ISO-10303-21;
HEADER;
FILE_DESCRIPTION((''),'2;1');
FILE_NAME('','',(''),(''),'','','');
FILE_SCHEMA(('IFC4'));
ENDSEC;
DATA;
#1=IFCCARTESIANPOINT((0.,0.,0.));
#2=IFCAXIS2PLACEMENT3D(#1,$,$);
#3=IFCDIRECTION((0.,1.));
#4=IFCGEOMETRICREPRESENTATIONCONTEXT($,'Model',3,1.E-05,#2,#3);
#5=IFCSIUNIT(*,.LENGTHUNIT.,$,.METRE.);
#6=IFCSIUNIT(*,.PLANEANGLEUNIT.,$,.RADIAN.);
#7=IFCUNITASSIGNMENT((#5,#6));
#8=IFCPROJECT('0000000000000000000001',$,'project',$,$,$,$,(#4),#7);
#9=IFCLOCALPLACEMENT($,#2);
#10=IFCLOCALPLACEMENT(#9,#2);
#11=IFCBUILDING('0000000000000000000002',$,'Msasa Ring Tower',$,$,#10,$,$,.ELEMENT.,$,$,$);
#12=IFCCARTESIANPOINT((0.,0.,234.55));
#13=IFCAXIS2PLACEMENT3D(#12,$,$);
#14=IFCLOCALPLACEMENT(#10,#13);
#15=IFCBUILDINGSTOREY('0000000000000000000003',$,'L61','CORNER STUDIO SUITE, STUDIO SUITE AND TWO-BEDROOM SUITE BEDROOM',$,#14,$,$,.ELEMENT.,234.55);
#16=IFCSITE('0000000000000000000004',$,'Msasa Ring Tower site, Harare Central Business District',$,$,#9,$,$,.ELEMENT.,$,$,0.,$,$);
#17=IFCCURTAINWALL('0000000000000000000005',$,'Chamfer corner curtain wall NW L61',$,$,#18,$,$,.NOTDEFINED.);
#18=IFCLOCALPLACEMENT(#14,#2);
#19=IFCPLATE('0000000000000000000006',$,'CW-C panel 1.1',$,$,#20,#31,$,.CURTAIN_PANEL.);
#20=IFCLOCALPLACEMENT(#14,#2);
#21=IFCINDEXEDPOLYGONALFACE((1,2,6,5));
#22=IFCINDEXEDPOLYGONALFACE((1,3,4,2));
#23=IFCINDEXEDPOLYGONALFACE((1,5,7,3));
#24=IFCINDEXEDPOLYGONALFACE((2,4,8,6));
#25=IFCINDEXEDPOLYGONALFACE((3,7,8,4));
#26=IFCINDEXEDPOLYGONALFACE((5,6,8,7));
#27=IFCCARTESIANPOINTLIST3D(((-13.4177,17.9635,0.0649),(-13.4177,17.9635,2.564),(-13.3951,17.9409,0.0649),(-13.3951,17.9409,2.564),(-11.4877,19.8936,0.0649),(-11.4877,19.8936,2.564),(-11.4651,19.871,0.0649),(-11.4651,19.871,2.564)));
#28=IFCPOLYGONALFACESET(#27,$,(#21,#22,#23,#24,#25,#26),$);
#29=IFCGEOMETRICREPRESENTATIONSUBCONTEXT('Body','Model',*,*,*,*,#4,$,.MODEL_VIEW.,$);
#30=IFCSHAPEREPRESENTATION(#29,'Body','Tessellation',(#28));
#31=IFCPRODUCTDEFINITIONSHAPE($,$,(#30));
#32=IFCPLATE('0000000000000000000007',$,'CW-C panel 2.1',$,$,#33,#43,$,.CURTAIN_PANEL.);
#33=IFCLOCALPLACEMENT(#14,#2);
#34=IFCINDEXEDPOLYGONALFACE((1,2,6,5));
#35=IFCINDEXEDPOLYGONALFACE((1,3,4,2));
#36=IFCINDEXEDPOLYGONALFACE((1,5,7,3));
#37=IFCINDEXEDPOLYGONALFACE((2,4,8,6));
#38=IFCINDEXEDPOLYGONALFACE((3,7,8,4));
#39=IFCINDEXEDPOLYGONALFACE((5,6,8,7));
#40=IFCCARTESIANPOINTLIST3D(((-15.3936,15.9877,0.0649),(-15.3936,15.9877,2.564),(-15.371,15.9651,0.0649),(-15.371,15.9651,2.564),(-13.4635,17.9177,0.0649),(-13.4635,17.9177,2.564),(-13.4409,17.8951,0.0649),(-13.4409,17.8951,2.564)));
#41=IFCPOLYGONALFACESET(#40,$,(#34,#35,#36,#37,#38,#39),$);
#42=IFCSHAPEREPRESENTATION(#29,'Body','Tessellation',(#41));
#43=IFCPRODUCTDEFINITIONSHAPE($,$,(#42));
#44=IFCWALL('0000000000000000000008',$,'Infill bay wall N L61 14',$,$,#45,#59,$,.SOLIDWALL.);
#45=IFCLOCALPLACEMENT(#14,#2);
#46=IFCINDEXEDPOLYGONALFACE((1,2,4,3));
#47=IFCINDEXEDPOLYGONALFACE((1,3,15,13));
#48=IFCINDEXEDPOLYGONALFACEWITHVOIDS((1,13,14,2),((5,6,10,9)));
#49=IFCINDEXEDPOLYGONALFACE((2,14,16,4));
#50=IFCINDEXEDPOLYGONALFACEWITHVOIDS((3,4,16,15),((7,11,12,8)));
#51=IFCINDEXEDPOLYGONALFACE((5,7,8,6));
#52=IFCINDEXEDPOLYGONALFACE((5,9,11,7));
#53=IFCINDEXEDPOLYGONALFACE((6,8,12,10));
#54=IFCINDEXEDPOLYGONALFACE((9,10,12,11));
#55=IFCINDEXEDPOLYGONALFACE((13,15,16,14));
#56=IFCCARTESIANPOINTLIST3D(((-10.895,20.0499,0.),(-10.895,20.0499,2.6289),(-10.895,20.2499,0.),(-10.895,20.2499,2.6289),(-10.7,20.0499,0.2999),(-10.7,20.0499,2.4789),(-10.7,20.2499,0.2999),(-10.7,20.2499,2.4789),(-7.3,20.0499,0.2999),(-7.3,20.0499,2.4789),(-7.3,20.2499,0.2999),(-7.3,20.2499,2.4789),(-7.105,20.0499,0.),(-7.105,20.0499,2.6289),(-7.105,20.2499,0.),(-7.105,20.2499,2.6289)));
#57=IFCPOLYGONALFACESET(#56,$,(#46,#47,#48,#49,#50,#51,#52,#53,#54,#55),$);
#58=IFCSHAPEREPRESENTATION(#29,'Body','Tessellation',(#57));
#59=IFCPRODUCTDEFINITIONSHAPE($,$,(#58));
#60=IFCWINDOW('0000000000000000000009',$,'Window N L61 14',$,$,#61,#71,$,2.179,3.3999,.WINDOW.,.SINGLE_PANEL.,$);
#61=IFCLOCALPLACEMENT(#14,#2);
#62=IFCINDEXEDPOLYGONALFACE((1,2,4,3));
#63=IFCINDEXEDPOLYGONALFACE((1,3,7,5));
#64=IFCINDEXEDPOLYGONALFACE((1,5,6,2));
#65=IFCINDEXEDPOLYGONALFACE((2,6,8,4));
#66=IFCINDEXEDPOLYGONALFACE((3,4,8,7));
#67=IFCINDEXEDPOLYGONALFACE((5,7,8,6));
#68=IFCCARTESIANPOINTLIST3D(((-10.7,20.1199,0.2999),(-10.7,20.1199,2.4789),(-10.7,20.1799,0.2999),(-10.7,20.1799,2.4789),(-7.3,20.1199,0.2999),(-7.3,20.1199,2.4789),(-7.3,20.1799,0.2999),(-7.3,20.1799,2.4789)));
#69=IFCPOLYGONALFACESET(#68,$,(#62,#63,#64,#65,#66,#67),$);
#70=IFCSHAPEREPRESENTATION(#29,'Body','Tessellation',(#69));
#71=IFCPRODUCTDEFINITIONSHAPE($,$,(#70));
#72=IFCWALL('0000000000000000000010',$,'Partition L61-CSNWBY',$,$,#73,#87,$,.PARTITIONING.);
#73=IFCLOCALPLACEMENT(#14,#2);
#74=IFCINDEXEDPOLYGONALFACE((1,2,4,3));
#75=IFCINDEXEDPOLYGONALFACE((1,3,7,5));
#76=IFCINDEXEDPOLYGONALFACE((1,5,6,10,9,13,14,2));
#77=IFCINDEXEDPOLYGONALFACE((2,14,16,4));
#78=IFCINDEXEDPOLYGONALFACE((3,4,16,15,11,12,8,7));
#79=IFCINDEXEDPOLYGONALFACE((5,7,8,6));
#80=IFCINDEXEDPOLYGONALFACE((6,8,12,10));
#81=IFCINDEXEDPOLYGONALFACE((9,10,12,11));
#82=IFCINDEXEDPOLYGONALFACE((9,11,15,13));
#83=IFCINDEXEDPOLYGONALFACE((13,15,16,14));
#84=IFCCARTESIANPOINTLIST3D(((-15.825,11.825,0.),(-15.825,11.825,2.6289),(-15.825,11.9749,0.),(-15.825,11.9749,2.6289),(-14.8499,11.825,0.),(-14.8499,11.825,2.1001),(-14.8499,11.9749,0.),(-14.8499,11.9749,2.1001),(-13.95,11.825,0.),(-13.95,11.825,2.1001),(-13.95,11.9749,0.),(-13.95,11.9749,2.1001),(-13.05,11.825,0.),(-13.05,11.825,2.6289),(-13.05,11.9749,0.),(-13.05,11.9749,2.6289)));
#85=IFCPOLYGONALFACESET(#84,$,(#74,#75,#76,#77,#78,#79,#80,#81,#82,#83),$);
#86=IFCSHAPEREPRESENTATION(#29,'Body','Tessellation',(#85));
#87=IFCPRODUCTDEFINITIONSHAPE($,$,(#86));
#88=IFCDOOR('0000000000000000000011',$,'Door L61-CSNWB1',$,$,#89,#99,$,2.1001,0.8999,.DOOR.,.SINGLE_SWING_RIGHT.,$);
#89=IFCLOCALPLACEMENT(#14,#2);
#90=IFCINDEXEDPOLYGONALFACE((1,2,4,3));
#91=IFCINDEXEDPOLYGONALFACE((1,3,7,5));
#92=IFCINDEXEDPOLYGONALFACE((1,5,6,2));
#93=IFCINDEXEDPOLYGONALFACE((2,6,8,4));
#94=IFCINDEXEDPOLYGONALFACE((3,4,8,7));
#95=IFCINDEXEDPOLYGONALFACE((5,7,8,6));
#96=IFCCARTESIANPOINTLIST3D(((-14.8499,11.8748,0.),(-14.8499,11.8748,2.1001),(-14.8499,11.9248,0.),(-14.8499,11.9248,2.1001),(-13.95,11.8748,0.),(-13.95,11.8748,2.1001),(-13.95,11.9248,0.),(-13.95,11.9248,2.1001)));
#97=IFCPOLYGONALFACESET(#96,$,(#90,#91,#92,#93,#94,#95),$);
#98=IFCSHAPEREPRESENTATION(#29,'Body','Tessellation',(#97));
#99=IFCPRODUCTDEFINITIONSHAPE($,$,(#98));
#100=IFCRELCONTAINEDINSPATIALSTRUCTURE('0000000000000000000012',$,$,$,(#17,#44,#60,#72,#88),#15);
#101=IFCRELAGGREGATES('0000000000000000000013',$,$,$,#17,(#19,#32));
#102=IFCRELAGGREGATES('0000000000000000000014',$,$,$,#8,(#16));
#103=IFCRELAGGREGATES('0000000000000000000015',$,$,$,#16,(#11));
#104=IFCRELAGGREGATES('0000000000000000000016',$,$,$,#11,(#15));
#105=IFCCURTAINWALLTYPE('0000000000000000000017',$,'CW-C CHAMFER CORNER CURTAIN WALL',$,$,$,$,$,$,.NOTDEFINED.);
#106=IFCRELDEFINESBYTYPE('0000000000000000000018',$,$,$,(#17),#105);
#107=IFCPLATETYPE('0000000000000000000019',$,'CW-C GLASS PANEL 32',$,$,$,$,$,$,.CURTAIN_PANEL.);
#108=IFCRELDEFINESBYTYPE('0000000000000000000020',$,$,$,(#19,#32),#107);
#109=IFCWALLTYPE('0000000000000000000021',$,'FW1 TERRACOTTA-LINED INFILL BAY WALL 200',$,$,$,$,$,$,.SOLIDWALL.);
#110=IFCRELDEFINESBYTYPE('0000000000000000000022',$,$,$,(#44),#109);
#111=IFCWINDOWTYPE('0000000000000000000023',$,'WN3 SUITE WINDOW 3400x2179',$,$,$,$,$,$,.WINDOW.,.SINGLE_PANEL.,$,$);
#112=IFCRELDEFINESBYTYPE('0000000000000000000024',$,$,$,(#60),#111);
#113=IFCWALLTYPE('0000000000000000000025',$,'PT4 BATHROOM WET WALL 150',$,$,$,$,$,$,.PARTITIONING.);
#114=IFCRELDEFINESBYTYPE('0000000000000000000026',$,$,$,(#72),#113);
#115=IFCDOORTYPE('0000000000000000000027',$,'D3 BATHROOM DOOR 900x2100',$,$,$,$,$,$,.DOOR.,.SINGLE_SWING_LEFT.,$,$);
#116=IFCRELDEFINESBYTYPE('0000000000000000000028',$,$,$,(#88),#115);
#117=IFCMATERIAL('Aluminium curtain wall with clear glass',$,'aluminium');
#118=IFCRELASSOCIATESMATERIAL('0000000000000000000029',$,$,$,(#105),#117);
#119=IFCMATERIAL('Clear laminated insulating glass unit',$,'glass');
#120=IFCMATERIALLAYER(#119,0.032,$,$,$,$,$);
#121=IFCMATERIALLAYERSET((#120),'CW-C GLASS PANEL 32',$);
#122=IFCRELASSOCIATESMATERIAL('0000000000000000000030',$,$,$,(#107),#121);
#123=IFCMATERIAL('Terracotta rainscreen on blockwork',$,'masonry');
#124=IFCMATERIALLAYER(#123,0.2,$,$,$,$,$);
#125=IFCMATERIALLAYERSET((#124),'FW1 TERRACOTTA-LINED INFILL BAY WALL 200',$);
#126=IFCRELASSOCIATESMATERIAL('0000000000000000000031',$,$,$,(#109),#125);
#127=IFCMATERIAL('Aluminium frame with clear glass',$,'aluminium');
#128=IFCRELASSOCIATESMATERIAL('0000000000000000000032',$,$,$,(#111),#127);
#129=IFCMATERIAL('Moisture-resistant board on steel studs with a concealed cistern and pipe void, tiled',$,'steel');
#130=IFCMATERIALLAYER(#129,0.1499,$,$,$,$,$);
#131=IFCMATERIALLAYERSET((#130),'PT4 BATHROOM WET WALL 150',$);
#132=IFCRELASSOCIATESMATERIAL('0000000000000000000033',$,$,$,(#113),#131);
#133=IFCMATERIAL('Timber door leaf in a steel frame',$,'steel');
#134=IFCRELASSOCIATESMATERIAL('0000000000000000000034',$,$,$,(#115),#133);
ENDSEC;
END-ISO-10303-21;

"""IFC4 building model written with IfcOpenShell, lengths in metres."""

from ifc_helpers import new_model, si_unit, direction, frame, frame_2d, origin, origin_2d, place, context, subcontext, project, spatial, rectangle, extrude, material, layer, layer_set, type_object, element, fill, aggregate, save


model = new_model("IFC4")

# Units and contexts
model_context = context("Model", 3, precision=1e-05, world=origin(), true_north=direction((0.0, 1.0)))
body_context = subcontext(model_context, "Body", "Model", "MODEL_VIEW")
ifc_project = project(units=[si_unit("LENGTHUNIT", "METRE"), si_unit("PLANEANGLEUNIT", "RADIAN")], contexts=[model_context])

# Site, building, storey
site_placement = place(None, origin())
site = spatial("IfcSite", under=ifc_project, at=site_placement, Name="Msasa Ring Tower site, Harare Central Business District", CompositionType="ELEMENT", RefElevation=0.0)
building_placement = place(site_placement, origin())
building = spatial("IfcBuilding", under=site, at=building_placement, Name="Msasa Ring Tower", CompositionType="ELEMENT")
storey_placement = place(building_placement, frame((0.0, 0.0, 234.55)))
storey = spatial("IfcBuildingStorey", under=building, at=storey_placement, Name="L61", Description="CORNER STUDIO SUITE, STUDIO SUITE AND TWO-BEDROOM SUITE BEDROOM", CompositionType="ELEMENT", Elevation=234.55)

# Curtain wall
ifc_material_1 = material(Name="Aluminium curtain wall with clear glass", Category="aluminium")
curtain_wall_type = type_object("IfcCurtainWallType", Name="CW-C CHAMFER CORNER CURTAIN WALL", PredefinedType="NOTDEFINED", material=ifc_material_1)
curtain_wall_1_placement = place(storey_placement, origin())
curtain_wall_1 = element("IfcCurtainWall", 1, at=curtain_wall_1_placement, inside=storey, type_object=curtain_wall_type, Name="Chamfer corner curtain wall NW L61", PredefinedType="NOTDEFINED")

# Plates
ifc_material_2 = material(Name="Clear laminated insulating glass unit", Category="glass")
ifc_layer_1 = layer(ifc_material_2, 0.032)
ifc_layer_set_1 = layer_set([ifc_layer_1], Name="CW-C GLASS PANEL 32")
plate_type = type_object("IfcPlateType", Name="CW-C GLASS PANEL 32", PredefinedType="CURTAIN_PANEL", material=ifc_layer_set_1)
plate_1_placement = place(storey_placement, frame((-12.4414, 18.9172, 0.0649), z_axis=(0.0, 0.0, 1.0), x_axis=(-0.707107, -0.707107, 0.0)))
plate_1 = element("IfcPlate", 2, at=plate_1_placement, type_object=plate_type, Name="CW-C panel 1.1", PredefinedType="CURTAIN_PANEL", context=body_context, shape_type="SweptSolid", body=[
    extrude(rectangle(XDim=2.7295, YDim=0.032, at=origin_2d()), origin(), (0.0, 0.0, 1.0), 2.499),
])
plate_2_placement = place(storey_placement, frame((-14.4172, 16.9414, 0.0649), z_axis=(0.0, 0.0, 1.0), x_axis=(-0.707107, -0.707107, 0.0)))
plate_2 = element("IfcPlate", 3, at=plate_2_placement, type_object=plate_type, Name="CW-C panel 2.1", PredefinedType="CURTAIN_PANEL", context=body_context, shape_type="SweptSolid", body=[
    extrude(rectangle(XDim=2.7295, YDim=0.032, at=origin_2d()), origin(), (0.0, 0.0, 1.0), 2.499),
])
aggregate(curtain_wall_1, [plate_1, plate_2])

# Wall, opening, window
ifc_material_3 = material(Name="Terracotta rainscreen on blockwork", Category="masonry")
ifc_layer_2 = layer(ifc_material_3, 0.2)
ifc_layer_set_2 = layer_set([ifc_layer_2], Name="FW1 TERRACOTTA-LINED INFILL BAY WALL 200")
wall_type_1 = type_object("IfcWallType", Name="FW1 TERRACOTTA-LINED INFILL BAY WALL 200", PredefinedType="SOLIDWALL", material=ifc_layer_set_2)
wall_1_placement = place(storey_placement, frame((-10.895, 20.1499, 0.0), z_axis=(0.0, 0.0, 1.0), x_axis=(1.0, 0.0, 0.0)))
wall_1 = element("IfcWall", 4, at=wall_1_placement, inside=storey, type_object=wall_type_1, Name="Infill bay wall N L61 14", PredefinedType="SOLIDWALL", context=body_context, shape_type="SweptSolid", body=[
    extrude(rectangle(XDim=3.79, YDim=0.2, at=frame_2d((1.895, 0.0))), origin(), (0.0, 0.0, 1.0), 2.6289),
])
opening_1_placement = place(wall_1_placement, frame((0.1951, 0.0, 0.3)))
opening_1 = element("IfcOpeningElement", 5, at=opening_1_placement, cuts=wall_1, PredefinedType="OPENING", context=body_context, shape_type="SweptSolid", body=[
    extrude(rectangle(XDim=3.3999, YDim=2.179, at=frame_2d((1.7, 1.0894))), frame((0.0, 0.1099, 0.0), z_axis=(0.0, -1.0, 0.0), x_axis=(1.0, 0.0, 0.0)), (0.0, 0.0, 1.0), 0.22),
])
ifc_material_4 = material(Name="Aluminium frame with clear glass", Category="aluminium")
window_type = type_object("IfcWindowType", Name="WN3 SUITE WINDOW 3400x2179", PartitioningType="SINGLE_PANEL", PredefinedType="WINDOW", material=ifc_material_4)
window_placement = place(opening_1_placement, origin())
window = element("IfcWindow", 6, at=window_placement, inside=storey, type_object=window_type, Name="Window N L61 14", OverallHeight=2.179, OverallWidth=3.3999, PartitioningType="SINGLE_PANEL", PredefinedType="WINDOW", context=body_context, shape_type="SweptSolid", body=[
    extrude(rectangle(XDim=3.3999, YDim=2.179, at=frame_2d((1.7, 1.0894))), frame((0.0, 0.03, 0.0), z_axis=(0.0, -1.0, 0.0), x_axis=(1.0, 0.0, 0.0)), (0.0, 0.0, 1.0), 0.0601),
])
fill(opening_1, window)

# Wall, opening, door
ifc_material_5 = material(Name="Moisture-resistant board on steel studs with a concealed cistern and pipe void, tiled", Category="steel")
ifc_layer_3 = layer(ifc_material_5, 0.1499)
ifc_layer_set_3 = layer_set([ifc_layer_3], Name="PT4 BATHROOM WET WALL 150")
wall_type_2 = type_object("IfcWallType", Name="PT4 BATHROOM WET WALL 150", PredefinedType="PARTITIONING", material=ifc_layer_set_3)
wall_2_placement = place(storey_placement, frame((-15.825, 11.8999, 0.0), z_axis=(0.0, 0.0, 1.0), x_axis=(1.0, 0.0, 0.0)))
wall_2 = element("IfcWall", 7, at=wall_2_placement, inside=storey, type_object=wall_type_2, Name="Partition L61-CSNWBY", PredefinedType="PARTITIONING", context=body_context, shape_type="SweptSolid", body=[
    extrude(rectangle(XDim=2.7749, YDim=0.1499, at=frame_2d((1.3875, 0.0))), origin(), (0.0, 0.0, 1.0), 2.6289),
])
opening_2_placement = place(wall_2_placement, frame((0.9751, 0.0, 0.0)))
opening_2 = element("IfcOpeningElement", 8, at=opening_2_placement, cuts=wall_2, PredefinedType="OPENING", context=body_context, shape_type="SweptSolid", body=[
    extrude(rectangle(XDim=0.8999, YDim=2.1001, at=frame_2d((0.45, 1.05))), frame((0.0, 0.085, 0.0), z_axis=(0.0, -1.0, 0.0), x_axis=(1.0, 0.0, 0.0)), (0.0, 0.0, 1.0), 0.1699),
])
ifc_material_6 = material(Name="Timber door leaf in a steel frame", Category="steel")
door_type = type_object("IfcDoorType", Name="D3 BATHROOM DOOR 900x2100", OperationType="SINGLE_SWING_LEFT", PredefinedType="DOOR", material=ifc_material_6)
door_placement = place(opening_2_placement, origin())
door = element("IfcDoor", 9, at=door_placement, inside=storey, type_object=door_type, Name="Door L61-CSNWB1", OperationType="SINGLE_SWING_RIGHT", OverallHeight=2.1001, OverallWidth=0.8999, PredefinedType="DOOR", context=body_context, shape_type="SweptSolid", body=[
    extrude(rectangle(XDim=0.8999, YDim=2.1001, at=frame_2d((0.45, 1.05))), frame((0.0, 0.0249, 0.0), z_axis=(0.0, -1.0, 0.0), x_axis=(1.0, 0.0, 0.0)), (0.0, 0.0, 1.0), 0.05),
])
fill(opening_2, door)

save(model, "model.ifc")
